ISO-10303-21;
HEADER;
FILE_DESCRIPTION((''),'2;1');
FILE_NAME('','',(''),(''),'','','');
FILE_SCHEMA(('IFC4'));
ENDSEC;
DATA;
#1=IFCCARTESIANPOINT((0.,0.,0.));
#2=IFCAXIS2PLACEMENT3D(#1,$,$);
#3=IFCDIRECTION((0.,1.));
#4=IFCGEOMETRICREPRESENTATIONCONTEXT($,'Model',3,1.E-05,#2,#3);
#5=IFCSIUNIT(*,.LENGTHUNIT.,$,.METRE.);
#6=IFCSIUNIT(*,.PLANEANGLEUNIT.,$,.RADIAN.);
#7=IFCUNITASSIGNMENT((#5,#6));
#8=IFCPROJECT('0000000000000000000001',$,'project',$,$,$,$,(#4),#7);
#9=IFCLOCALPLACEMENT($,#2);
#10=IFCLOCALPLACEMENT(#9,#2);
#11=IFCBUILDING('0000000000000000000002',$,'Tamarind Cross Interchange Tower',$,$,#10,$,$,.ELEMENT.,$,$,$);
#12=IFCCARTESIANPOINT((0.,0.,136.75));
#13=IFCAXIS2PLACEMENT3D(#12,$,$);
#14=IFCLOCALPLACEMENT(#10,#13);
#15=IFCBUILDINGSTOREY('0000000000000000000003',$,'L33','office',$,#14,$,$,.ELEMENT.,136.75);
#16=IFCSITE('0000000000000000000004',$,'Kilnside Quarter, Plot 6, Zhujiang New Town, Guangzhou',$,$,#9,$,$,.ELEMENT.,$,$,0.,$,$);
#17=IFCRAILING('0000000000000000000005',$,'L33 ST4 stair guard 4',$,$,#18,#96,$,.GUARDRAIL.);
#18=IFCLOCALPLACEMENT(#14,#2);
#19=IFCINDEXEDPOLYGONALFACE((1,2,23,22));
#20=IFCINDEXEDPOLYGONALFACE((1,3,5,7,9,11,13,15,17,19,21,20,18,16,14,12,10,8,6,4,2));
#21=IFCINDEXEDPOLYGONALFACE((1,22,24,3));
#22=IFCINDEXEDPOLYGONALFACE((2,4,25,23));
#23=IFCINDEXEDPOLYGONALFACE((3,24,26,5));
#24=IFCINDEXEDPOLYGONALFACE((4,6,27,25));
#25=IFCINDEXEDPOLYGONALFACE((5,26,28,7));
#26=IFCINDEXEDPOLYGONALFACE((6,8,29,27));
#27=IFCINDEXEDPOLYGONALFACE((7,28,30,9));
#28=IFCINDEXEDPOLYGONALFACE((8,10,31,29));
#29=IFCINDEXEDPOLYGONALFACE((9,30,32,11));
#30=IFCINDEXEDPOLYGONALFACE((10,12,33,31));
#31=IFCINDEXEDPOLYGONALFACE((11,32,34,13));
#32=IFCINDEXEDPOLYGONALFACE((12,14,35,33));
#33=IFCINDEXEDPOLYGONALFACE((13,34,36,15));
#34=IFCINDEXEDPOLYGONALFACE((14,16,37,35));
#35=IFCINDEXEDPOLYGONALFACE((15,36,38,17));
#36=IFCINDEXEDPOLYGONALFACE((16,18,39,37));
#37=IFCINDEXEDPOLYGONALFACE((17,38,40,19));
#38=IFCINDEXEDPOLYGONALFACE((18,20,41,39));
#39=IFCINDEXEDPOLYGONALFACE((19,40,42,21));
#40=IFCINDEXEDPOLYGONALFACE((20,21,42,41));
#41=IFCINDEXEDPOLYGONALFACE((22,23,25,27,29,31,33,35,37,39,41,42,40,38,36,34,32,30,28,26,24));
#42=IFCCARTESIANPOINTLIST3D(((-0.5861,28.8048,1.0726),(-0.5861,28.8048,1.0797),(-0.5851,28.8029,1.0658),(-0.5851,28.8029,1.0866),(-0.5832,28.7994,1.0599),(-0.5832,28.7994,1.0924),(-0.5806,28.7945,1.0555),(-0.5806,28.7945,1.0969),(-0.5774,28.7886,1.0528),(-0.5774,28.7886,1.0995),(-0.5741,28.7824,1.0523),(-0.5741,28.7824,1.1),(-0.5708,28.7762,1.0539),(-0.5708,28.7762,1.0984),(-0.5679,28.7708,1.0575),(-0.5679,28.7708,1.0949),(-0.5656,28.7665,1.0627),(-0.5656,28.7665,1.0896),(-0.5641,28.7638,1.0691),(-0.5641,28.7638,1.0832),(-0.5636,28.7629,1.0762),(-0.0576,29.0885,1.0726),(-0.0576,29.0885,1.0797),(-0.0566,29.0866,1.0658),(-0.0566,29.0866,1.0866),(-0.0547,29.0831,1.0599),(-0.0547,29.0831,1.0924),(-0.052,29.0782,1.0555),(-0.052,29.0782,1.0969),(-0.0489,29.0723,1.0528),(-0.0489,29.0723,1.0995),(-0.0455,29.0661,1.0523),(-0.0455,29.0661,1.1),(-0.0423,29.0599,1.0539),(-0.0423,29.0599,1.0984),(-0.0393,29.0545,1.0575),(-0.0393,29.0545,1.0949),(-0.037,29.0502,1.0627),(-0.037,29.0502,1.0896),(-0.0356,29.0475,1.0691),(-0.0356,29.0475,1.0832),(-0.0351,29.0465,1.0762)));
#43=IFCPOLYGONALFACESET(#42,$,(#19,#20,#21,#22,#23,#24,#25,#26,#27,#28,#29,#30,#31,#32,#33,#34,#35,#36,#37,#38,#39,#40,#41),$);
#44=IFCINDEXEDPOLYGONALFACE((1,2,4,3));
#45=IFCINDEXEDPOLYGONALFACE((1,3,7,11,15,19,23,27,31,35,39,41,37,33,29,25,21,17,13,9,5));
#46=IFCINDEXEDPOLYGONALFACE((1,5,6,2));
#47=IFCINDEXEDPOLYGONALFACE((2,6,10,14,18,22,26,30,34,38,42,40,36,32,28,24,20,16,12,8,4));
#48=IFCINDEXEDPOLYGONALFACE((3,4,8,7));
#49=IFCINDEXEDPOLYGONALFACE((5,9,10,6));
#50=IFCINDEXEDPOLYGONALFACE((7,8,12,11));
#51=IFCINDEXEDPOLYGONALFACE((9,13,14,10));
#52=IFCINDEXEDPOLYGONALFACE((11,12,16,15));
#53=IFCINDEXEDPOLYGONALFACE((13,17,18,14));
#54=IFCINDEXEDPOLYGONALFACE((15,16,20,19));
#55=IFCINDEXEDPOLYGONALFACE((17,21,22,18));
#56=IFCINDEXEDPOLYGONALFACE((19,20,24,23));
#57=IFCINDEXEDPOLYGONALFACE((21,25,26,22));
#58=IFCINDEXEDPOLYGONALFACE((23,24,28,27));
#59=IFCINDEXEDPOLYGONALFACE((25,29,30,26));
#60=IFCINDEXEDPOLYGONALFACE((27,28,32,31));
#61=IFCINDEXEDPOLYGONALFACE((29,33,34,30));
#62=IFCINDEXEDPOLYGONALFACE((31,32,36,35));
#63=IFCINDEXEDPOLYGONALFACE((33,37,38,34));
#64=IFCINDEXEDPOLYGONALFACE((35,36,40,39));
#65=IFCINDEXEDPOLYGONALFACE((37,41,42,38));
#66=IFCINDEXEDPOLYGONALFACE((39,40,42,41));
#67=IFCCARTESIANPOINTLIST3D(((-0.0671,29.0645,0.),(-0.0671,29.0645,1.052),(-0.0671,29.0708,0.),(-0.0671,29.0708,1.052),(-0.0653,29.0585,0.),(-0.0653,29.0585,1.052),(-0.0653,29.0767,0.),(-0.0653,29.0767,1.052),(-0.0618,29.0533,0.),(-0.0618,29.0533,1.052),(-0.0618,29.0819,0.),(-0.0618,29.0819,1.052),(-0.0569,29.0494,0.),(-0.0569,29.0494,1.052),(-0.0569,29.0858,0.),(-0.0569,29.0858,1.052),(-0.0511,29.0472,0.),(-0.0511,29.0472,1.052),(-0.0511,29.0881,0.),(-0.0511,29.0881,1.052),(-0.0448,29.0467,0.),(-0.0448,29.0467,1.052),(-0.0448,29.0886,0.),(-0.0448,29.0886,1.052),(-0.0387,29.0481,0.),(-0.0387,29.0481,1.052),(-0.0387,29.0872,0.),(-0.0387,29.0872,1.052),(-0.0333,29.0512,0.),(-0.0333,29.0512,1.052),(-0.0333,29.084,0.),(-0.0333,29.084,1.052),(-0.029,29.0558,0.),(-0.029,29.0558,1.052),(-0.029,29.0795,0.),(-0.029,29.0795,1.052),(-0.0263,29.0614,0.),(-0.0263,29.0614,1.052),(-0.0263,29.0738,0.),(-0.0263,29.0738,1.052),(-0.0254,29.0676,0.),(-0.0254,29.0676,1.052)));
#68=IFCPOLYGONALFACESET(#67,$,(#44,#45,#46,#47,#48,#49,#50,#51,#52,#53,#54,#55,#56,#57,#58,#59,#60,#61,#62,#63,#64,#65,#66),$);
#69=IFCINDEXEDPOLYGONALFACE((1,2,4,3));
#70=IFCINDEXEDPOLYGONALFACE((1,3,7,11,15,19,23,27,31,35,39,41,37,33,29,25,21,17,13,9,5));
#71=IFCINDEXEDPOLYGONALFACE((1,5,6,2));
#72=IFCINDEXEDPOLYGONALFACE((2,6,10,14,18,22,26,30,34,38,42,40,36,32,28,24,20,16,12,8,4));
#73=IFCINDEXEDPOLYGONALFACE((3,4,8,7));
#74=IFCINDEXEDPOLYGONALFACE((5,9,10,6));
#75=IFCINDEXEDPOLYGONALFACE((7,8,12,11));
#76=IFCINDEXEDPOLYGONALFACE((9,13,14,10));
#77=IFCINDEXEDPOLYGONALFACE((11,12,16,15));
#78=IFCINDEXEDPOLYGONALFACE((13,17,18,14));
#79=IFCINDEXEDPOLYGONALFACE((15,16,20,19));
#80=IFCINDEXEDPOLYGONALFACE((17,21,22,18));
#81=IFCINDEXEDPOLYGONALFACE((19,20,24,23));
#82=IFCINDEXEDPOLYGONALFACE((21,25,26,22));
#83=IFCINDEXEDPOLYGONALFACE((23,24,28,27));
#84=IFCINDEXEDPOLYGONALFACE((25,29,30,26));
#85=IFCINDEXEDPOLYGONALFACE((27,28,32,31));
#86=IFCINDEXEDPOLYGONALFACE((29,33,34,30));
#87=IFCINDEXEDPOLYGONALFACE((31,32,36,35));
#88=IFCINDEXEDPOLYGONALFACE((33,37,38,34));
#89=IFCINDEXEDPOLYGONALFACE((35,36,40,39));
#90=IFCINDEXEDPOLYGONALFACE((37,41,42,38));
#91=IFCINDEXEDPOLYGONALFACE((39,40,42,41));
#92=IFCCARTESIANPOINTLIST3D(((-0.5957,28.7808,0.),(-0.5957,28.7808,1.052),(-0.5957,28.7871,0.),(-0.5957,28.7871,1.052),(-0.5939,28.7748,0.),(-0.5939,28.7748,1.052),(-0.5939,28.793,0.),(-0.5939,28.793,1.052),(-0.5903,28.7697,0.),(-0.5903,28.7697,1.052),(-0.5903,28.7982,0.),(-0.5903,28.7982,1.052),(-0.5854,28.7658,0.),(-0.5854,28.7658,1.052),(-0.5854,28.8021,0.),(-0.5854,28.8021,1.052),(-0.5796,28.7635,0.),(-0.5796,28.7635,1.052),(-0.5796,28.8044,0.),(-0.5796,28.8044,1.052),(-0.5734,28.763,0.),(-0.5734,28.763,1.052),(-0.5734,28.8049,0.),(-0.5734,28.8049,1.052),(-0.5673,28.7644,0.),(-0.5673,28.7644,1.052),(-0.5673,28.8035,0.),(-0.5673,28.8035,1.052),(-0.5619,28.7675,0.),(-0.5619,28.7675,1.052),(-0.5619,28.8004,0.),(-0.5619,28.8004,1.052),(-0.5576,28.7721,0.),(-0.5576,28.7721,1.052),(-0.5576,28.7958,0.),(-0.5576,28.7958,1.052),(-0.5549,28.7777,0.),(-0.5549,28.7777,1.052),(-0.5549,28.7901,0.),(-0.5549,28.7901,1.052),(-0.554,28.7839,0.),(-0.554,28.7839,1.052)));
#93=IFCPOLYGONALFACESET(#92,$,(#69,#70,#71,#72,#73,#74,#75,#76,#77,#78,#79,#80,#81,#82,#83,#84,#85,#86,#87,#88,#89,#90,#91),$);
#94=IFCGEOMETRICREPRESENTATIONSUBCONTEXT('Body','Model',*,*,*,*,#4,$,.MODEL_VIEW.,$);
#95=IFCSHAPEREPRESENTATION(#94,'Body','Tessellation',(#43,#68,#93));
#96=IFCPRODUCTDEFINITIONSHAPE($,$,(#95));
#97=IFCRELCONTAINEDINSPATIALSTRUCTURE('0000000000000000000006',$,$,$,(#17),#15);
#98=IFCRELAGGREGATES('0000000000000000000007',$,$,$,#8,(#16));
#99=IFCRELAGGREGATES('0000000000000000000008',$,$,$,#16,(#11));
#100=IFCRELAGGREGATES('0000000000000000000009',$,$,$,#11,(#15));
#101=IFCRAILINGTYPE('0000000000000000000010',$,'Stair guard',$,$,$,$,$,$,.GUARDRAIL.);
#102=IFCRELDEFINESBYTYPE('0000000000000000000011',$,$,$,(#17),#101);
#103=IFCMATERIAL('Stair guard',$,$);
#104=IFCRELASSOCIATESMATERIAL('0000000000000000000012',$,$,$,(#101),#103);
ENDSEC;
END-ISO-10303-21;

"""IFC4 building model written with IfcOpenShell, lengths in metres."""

from ifc_helpers import new_model, si_unit, direction, frame, origin, origin_2d, place, context, subcontext, project, spatial, circle, extrude, material, type_object, element, save


model = new_model("IFC4")

# Units and contexts
model_context = context("Model", 3, precision=1e-05, world=origin(), true_north=direction((0.0, 1.0)))
body_context = subcontext(model_context, "Body", "Model", "MODEL_VIEW")
ifc_project = project(units=[si_unit("LENGTHUNIT", "METRE"), si_unit("PLANEANGLEUNIT", "RADIAN")], contexts=[model_context])

# Site, building, storey
site_placement = place(None, origin())
site = spatial("IfcSite", under=ifc_project, at=site_placement, Name="Kilnside Quarter, Plot 6, Zhujiang New Town, Guangzhou", CompositionType="ELEMENT", RefElevation=0.0)
building_placement = place(site_placement, origin())
building = spatial("IfcBuilding", under=site, at=building_placement, Name="Tamarind Cross Interchange Tower", CompositionType="ELEMENT")
storey_placement = place(building_placement, frame((0.0, 0.0, 136.75)))
storey = spatial("IfcBuildingStorey", under=building, at=storey_placement, Name="L33", Description="office", CompositionType="ELEMENT", Elevation=136.75)

# Railing
ifc_material_1 = material(Name="Stair guard")
railing_type_1 = type_object("IfcRailingType", Name="Stair guard", PredefinedType="GUARDRAIL", material=ifc_material_1)
railing_1_placement = place(storey_placement, frame((-0.0464, 29.0676, 0.0)))
element("IfcRailing", 1, at=railing_1_placement, inside=storey, type_object=railing_type_1, Name="L33 ST4 stair guard 4", PredefinedType="GUARDRAIL", context=body_context, shape_type="SweptSolid", body=[
    extrude(circle(Radius=0.0239, at=origin_2d()), frame((0.0, 0.0, 1.0762), z_axis=(-0.881111, -0.47291, 0.0), x_axis=(0.47291, -0.881111, 0.0)), (0.0, 0.0, 1.0), 0.5999),
    extrude(circle(Radius=0.021, at=origin_2d()), origin(), (0.0, 0.0, 1.0), 1.052),
    extrude(circle(Radius=0.021, at=origin_2d()), frame((-0.5286, -0.2837, 0.0)), (0.0, 0.0, 1.0), 1.052),
])

save(model, "model.ifc")
